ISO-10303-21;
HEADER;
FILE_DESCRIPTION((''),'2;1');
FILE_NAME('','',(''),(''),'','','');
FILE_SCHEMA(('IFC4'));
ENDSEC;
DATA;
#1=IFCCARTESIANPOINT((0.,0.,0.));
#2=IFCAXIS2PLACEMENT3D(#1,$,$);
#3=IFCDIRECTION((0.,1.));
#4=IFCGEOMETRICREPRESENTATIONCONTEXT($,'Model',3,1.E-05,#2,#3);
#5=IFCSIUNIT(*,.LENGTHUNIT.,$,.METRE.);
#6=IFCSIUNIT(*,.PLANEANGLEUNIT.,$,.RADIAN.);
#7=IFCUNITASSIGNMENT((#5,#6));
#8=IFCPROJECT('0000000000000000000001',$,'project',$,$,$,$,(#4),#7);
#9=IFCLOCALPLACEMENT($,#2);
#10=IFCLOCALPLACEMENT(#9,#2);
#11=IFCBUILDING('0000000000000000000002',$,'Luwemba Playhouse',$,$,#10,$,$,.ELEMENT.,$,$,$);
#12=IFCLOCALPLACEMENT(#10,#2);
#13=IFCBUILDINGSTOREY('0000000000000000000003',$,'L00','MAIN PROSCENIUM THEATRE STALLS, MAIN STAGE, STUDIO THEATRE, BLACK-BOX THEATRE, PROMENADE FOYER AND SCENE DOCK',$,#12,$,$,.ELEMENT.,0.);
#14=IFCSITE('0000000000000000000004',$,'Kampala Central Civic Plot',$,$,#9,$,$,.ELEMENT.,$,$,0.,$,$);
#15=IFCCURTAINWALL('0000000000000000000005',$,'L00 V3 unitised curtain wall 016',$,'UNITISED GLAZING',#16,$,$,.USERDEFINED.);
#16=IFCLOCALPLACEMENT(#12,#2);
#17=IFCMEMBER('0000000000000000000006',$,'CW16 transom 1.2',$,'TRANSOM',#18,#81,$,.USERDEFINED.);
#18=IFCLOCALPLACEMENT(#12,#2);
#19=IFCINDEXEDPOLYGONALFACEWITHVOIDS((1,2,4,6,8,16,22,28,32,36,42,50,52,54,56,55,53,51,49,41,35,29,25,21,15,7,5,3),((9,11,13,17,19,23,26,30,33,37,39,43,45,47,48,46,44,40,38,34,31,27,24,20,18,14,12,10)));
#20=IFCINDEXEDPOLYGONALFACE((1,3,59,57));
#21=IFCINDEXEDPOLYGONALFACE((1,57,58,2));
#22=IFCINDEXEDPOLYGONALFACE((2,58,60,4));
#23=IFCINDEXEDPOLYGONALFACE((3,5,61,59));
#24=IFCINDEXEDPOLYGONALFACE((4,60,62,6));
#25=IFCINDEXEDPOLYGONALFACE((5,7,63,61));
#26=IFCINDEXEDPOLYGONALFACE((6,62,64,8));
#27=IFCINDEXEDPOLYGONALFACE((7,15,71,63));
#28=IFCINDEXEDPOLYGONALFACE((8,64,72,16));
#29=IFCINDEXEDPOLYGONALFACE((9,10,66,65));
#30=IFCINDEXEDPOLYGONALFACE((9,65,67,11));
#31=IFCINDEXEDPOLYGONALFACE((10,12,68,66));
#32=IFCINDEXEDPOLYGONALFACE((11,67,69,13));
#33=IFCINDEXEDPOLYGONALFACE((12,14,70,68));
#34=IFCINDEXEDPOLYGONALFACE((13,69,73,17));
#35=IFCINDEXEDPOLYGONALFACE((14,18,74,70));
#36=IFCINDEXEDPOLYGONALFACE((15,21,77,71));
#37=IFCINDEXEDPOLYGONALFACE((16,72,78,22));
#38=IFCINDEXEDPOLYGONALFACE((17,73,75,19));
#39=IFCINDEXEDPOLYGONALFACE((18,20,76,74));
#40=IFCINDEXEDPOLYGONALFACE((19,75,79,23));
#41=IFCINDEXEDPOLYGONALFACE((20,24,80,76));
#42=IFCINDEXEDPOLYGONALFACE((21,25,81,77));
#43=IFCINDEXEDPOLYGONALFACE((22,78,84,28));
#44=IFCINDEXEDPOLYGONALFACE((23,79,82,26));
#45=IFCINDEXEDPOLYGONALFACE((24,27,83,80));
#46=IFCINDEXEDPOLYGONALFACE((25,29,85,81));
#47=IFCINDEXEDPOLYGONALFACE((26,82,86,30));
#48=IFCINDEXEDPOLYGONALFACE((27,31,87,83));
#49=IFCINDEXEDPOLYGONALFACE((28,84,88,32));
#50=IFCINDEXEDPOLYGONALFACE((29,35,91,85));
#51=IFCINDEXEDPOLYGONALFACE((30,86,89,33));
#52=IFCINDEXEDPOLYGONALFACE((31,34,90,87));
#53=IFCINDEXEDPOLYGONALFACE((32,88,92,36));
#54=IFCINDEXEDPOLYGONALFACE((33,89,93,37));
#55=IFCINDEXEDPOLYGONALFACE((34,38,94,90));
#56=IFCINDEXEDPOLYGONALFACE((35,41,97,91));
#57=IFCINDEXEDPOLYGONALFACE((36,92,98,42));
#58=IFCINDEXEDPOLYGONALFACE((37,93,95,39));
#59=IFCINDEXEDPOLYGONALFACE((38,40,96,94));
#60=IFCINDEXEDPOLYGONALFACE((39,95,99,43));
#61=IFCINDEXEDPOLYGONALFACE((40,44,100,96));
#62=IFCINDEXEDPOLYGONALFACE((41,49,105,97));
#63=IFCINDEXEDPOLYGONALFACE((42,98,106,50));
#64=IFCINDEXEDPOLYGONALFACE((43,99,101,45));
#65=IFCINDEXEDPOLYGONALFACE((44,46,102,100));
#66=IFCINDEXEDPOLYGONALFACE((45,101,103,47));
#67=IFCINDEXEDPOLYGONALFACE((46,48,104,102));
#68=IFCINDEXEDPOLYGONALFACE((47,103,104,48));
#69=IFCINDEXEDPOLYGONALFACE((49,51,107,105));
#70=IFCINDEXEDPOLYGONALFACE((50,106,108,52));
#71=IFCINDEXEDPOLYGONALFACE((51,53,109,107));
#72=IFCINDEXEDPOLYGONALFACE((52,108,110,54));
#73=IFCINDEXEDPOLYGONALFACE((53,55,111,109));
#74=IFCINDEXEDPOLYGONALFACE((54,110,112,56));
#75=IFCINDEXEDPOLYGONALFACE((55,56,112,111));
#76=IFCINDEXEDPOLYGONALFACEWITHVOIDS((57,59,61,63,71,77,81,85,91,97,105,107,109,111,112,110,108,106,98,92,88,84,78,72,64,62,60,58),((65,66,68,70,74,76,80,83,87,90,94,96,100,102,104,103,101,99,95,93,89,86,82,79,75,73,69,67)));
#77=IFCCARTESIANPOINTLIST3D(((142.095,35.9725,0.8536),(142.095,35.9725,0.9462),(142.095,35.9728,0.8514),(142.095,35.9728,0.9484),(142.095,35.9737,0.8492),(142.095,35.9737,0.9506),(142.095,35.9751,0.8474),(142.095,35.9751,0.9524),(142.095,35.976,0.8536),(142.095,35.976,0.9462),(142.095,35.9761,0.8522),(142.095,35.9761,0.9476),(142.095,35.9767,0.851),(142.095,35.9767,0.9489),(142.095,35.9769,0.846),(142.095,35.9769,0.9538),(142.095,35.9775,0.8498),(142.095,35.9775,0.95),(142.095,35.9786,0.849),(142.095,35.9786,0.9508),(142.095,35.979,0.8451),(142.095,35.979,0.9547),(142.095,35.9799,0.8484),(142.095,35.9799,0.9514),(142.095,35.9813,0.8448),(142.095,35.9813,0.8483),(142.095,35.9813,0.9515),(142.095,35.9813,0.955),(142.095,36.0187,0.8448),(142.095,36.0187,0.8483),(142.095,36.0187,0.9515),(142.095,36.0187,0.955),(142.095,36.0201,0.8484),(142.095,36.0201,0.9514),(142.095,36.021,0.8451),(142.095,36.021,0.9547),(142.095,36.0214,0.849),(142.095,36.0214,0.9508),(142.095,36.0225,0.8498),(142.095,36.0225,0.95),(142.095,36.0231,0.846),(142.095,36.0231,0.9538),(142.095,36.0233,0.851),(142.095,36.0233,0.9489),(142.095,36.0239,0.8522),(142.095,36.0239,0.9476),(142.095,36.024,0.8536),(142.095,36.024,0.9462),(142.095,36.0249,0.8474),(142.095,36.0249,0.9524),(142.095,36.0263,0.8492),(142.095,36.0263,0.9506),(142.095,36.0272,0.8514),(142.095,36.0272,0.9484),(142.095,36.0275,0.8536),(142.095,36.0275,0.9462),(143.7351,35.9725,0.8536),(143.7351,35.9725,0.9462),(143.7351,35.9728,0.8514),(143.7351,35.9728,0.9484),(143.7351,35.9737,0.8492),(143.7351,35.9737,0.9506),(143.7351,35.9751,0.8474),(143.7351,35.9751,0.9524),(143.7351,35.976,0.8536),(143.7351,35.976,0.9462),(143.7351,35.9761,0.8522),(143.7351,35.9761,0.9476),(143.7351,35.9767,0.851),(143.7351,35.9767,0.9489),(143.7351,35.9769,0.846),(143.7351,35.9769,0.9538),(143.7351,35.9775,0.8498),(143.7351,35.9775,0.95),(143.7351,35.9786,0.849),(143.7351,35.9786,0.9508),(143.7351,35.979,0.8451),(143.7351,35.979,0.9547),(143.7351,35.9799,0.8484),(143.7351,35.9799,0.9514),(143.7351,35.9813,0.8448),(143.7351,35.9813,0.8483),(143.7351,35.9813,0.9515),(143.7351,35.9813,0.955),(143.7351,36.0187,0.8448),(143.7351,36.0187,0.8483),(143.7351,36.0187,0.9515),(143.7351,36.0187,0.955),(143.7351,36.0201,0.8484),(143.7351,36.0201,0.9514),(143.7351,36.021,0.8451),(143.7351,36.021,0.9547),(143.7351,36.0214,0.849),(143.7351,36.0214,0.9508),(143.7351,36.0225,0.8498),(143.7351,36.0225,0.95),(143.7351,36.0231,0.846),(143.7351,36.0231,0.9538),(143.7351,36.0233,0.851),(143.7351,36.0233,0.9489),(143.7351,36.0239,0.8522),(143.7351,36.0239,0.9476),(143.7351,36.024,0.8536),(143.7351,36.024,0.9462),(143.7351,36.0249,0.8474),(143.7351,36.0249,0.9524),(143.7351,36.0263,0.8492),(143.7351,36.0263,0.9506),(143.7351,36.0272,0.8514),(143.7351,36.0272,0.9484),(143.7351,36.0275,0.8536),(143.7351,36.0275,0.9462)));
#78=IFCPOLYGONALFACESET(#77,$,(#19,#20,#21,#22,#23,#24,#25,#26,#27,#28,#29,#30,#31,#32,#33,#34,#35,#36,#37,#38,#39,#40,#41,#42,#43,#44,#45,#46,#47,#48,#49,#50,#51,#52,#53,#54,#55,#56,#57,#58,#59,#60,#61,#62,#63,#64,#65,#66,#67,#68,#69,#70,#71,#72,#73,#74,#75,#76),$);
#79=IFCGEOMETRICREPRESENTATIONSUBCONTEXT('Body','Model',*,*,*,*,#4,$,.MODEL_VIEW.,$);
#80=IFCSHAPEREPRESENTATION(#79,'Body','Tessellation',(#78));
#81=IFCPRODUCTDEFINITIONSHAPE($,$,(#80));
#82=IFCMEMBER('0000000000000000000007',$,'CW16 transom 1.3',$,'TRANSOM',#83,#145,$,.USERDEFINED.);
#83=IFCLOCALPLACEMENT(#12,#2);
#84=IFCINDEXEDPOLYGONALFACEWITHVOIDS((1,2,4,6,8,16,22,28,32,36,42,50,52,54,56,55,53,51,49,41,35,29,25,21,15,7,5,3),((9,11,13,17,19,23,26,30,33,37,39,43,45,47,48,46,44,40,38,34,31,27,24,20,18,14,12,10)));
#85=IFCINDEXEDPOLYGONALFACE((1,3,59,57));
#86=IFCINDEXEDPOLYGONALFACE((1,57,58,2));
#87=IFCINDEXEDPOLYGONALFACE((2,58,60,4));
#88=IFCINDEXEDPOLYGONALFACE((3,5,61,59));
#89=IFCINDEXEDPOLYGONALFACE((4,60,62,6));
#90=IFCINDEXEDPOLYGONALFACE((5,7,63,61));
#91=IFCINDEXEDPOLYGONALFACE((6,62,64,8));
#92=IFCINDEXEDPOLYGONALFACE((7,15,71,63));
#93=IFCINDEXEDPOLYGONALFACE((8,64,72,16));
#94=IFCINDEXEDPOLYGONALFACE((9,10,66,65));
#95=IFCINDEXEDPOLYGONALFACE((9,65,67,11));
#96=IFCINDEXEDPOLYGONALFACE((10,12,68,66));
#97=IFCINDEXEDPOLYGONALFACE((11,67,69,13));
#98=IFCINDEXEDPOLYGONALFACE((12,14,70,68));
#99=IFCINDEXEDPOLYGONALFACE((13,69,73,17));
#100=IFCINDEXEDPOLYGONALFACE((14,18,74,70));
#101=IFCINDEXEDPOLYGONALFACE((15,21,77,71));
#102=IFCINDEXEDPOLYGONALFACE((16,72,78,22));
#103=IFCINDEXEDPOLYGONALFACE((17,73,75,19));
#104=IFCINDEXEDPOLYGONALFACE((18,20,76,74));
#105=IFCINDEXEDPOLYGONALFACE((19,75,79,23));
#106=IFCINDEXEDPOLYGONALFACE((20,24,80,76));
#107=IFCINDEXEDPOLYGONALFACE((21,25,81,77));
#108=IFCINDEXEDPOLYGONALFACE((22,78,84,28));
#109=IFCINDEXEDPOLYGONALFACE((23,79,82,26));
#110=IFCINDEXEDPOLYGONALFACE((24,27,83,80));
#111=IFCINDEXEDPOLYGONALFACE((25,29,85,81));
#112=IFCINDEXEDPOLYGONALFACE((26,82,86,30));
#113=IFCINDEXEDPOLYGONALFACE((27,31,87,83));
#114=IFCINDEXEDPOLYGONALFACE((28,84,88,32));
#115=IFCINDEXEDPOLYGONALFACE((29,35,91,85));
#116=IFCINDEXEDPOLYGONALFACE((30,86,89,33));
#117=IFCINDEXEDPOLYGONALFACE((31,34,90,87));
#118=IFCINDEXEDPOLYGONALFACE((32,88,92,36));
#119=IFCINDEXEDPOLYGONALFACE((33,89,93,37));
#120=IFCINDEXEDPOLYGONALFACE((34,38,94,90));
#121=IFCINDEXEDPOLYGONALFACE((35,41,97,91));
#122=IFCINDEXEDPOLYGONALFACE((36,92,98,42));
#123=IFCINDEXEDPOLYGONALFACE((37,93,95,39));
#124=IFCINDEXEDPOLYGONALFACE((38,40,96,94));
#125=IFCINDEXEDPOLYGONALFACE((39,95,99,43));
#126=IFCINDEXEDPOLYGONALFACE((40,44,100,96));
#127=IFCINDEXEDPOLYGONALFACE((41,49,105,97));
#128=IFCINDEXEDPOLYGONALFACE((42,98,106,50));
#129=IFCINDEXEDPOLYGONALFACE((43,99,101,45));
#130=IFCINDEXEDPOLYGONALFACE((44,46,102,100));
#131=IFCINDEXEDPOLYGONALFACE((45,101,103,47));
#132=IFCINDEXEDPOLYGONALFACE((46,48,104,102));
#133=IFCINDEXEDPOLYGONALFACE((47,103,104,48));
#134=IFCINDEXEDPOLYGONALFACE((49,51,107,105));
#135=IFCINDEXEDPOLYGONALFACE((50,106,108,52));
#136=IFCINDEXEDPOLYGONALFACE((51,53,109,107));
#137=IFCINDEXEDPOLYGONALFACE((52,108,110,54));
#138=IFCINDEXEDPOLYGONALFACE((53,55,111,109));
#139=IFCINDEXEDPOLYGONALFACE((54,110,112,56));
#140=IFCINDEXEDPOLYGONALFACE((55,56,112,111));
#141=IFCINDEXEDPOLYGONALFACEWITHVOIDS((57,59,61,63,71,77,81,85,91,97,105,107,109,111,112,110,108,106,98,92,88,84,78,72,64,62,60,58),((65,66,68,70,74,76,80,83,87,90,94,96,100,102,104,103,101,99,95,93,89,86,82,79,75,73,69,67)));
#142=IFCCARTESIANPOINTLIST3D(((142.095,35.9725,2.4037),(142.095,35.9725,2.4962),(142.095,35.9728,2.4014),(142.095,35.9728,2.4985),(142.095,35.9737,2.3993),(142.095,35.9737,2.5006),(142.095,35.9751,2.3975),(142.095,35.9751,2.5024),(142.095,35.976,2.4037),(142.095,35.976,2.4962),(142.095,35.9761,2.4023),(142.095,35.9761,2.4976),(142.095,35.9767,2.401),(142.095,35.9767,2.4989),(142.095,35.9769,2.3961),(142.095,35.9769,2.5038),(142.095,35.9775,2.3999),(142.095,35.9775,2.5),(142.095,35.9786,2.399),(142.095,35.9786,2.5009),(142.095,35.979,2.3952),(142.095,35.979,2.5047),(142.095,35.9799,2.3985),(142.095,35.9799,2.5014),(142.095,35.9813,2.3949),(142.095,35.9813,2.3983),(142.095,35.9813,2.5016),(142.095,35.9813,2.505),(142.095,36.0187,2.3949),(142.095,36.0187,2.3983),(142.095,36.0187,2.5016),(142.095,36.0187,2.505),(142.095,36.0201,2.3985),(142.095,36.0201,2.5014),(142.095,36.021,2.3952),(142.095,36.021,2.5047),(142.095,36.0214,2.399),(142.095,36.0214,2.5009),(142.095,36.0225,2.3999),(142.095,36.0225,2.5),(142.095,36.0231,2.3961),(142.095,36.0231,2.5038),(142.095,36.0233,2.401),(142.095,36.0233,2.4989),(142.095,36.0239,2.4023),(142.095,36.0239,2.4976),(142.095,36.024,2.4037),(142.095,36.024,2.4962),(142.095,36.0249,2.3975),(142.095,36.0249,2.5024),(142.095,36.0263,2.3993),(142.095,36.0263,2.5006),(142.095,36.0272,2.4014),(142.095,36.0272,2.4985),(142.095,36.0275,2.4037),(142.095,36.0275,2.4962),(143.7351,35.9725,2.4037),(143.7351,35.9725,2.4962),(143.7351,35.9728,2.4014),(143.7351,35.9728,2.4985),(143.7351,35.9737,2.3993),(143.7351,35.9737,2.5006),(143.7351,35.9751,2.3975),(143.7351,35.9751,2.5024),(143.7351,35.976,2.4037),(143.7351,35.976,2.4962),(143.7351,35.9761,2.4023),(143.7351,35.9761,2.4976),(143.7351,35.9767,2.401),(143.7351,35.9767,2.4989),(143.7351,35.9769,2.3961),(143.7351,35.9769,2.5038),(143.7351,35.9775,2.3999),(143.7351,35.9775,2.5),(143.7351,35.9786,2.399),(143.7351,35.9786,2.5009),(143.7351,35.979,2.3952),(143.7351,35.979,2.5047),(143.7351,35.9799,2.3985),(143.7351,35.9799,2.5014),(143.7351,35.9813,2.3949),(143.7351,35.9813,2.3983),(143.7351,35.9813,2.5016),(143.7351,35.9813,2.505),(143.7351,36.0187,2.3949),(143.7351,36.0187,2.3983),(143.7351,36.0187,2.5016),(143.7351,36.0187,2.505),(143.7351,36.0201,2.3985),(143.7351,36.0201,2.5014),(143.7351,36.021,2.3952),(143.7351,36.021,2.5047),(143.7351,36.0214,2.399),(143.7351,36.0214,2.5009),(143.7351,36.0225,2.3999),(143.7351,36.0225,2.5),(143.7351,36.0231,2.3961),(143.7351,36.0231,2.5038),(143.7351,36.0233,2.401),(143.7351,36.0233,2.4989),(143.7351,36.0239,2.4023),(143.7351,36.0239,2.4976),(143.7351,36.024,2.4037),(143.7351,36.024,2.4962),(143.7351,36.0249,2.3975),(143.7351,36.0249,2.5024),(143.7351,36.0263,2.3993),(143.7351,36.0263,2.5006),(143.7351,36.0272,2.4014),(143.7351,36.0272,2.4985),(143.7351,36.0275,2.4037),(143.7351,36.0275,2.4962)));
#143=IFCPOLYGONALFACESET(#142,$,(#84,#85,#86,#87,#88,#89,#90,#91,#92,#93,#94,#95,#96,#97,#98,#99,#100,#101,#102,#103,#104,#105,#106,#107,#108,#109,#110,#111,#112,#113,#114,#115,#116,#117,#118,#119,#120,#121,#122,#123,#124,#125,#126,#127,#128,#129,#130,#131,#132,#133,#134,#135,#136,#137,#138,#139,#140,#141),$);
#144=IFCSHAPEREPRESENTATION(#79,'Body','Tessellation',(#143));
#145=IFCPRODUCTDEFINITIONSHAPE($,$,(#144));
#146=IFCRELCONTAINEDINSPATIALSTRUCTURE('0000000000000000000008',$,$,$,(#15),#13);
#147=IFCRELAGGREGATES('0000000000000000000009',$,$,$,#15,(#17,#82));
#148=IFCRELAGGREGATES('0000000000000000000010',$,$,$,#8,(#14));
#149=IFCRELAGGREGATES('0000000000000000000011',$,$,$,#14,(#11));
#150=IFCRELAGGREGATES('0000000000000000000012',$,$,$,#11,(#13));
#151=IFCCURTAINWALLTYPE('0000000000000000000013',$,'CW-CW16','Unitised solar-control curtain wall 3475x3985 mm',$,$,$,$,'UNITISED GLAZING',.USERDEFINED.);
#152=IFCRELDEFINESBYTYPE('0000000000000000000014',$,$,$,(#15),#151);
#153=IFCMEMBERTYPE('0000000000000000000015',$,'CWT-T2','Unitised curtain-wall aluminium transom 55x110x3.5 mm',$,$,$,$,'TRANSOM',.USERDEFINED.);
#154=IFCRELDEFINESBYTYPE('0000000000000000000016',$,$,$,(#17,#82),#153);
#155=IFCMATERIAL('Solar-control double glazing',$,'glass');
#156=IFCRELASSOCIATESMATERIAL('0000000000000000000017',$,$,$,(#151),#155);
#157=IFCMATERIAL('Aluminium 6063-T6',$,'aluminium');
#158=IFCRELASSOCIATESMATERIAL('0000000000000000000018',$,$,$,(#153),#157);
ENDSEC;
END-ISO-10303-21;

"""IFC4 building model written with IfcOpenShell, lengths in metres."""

from ifc_helpers import new_model, si_unit, direction, frame, origin, origin_2d, place, context, subcontext, project, spatial, hollow_rectangle, extrude, material, material_profile, profile_set, type_object, element, aggregate, save


model = new_model("IFC4")

# Units and contexts
model_context = context("Model", 3, precision=1e-05, world=origin(), true_north=direction((0.0, 1.0)))
body_context = subcontext(model_context, "Body", "Model", "MODEL_VIEW")
ifc_project = project(units=[si_unit("LENGTHUNIT", "METRE"), si_unit("PLANEANGLEUNIT", "RADIAN")], contexts=[model_context])

# Site, building, storey
site_placement = place(None, origin())
site = spatial("IfcSite", under=ifc_project, at=site_placement, Name="Kampala Central Civic Plot", CompositionType="ELEMENT", RefElevation=0.0)
building_placement = place(site_placement, origin())
building = spatial("IfcBuilding", under=site, at=building_placement, Name="Luwemba Playhouse", CompositionType="ELEMENT")
storey_placement = place(building_placement, origin())
storey = spatial("IfcBuildingStorey", under=building, at=storey_placement, Name="L00", Description="MAIN PROSCENIUM THEATRE STALLS, MAIN STAGE, STUDIO THEATRE, BLACK-BOX THEATRE, PROMENADE FOYER AND SCENE DOCK", CompositionType="ELEMENT", Elevation=0.0)

# Curtain wall
ifc_material_1 = material(Name="Solar-control double glazing", Category="glass")
curtain_wall_type_1 = type_object("IfcCurtainWallType", Name="CW-CW16", Description="Unitised solar-control curtain wall 3475x3985 mm", ElementType="UNITISED GLAZING", PredefinedType="USERDEFINED", material=ifc_material_1)
curtain_wall_1_placement = place(storey_placement, origin())
curtain_wall_1 = element("IfcCurtainWall", 1, at=curtain_wall_1_placement, inside=storey, type_object=curtain_wall_type_1, Name="L00 V3 unitised curtain wall 016", ObjectType="UNITISED GLAZING", PredefinedType="USERDEFINED")
ifc_material_2 = material(Name="Aluminium 6063-T6", Category="aluminium")

# Members
ifc_material_profile_1 = material_profile(ifc_material_2, hollow_rectangle(XDim=0.0549, YDim=0.1101, WallThickness=0.0034, InnerFilletRadius=0.0054, OuterFilletRadius=0.0088, at=origin_2d()))
ifc_profile_set_1 = profile_set([ifc_material_profile_1], Name="Aluminium 6063-T6")
member_type_1 = type_object("IfcMemberType", Name="CWT-T2", Description="Unitised curtain-wall aluminium transom 55x110x3.5 mm", ElementType="TRANSOM", PredefinedType="USERDEFINED", material=ifc_profile_set_1)
member_1_placement = place(storey_placement, frame((143.7351, 36.0, 0.8999), z_axis=(-1.0, 0.0, 0.0), x_axis=(0.0, -1.0, 0.0)))
member_1 = element("IfcMember", 2, at=member_1_placement, type_object=member_type_1, Name="CW16 transom 1.2", ObjectType="TRANSOM", PredefinedType="USERDEFINED", context=body_context, shape_type="SweptSolid", body=[
    extrude(hollow_rectangle(XDim=0.0549, YDim=0.1101, WallThickness=0.0034, InnerFilletRadius=0.0054, OuterFilletRadius=0.0088, at=origin_2d()), origin(), (0.0, 0.0, 1.0), 1.6401),
])
member_2_placement = place(storey_placement, frame((143.7351, 36.0, 2.45), z_axis=(-1.0, 0.0, 0.0), x_axis=(0.0, -1.0, 0.0)))
member_2 = element("IfcMember", 3, at=member_2_placement, type_object=member_type_1, Name="CW16 transom 1.3", ObjectType="TRANSOM", PredefinedType="USERDEFINED", context=body_context, shape_type="SweptSolid", body=[
    extrude(hollow_rectangle(XDim=0.0549, YDim=0.1101, WallThickness=0.0034, InnerFilletRadius=0.0054, OuterFilletRadius=0.0088, at=origin_2d()), origin(), (0.0, 0.0, 1.0), 1.6401),
])

aggregate(curtain_wall_1, [member_1, member_2])

save(model, "model.ifc")
